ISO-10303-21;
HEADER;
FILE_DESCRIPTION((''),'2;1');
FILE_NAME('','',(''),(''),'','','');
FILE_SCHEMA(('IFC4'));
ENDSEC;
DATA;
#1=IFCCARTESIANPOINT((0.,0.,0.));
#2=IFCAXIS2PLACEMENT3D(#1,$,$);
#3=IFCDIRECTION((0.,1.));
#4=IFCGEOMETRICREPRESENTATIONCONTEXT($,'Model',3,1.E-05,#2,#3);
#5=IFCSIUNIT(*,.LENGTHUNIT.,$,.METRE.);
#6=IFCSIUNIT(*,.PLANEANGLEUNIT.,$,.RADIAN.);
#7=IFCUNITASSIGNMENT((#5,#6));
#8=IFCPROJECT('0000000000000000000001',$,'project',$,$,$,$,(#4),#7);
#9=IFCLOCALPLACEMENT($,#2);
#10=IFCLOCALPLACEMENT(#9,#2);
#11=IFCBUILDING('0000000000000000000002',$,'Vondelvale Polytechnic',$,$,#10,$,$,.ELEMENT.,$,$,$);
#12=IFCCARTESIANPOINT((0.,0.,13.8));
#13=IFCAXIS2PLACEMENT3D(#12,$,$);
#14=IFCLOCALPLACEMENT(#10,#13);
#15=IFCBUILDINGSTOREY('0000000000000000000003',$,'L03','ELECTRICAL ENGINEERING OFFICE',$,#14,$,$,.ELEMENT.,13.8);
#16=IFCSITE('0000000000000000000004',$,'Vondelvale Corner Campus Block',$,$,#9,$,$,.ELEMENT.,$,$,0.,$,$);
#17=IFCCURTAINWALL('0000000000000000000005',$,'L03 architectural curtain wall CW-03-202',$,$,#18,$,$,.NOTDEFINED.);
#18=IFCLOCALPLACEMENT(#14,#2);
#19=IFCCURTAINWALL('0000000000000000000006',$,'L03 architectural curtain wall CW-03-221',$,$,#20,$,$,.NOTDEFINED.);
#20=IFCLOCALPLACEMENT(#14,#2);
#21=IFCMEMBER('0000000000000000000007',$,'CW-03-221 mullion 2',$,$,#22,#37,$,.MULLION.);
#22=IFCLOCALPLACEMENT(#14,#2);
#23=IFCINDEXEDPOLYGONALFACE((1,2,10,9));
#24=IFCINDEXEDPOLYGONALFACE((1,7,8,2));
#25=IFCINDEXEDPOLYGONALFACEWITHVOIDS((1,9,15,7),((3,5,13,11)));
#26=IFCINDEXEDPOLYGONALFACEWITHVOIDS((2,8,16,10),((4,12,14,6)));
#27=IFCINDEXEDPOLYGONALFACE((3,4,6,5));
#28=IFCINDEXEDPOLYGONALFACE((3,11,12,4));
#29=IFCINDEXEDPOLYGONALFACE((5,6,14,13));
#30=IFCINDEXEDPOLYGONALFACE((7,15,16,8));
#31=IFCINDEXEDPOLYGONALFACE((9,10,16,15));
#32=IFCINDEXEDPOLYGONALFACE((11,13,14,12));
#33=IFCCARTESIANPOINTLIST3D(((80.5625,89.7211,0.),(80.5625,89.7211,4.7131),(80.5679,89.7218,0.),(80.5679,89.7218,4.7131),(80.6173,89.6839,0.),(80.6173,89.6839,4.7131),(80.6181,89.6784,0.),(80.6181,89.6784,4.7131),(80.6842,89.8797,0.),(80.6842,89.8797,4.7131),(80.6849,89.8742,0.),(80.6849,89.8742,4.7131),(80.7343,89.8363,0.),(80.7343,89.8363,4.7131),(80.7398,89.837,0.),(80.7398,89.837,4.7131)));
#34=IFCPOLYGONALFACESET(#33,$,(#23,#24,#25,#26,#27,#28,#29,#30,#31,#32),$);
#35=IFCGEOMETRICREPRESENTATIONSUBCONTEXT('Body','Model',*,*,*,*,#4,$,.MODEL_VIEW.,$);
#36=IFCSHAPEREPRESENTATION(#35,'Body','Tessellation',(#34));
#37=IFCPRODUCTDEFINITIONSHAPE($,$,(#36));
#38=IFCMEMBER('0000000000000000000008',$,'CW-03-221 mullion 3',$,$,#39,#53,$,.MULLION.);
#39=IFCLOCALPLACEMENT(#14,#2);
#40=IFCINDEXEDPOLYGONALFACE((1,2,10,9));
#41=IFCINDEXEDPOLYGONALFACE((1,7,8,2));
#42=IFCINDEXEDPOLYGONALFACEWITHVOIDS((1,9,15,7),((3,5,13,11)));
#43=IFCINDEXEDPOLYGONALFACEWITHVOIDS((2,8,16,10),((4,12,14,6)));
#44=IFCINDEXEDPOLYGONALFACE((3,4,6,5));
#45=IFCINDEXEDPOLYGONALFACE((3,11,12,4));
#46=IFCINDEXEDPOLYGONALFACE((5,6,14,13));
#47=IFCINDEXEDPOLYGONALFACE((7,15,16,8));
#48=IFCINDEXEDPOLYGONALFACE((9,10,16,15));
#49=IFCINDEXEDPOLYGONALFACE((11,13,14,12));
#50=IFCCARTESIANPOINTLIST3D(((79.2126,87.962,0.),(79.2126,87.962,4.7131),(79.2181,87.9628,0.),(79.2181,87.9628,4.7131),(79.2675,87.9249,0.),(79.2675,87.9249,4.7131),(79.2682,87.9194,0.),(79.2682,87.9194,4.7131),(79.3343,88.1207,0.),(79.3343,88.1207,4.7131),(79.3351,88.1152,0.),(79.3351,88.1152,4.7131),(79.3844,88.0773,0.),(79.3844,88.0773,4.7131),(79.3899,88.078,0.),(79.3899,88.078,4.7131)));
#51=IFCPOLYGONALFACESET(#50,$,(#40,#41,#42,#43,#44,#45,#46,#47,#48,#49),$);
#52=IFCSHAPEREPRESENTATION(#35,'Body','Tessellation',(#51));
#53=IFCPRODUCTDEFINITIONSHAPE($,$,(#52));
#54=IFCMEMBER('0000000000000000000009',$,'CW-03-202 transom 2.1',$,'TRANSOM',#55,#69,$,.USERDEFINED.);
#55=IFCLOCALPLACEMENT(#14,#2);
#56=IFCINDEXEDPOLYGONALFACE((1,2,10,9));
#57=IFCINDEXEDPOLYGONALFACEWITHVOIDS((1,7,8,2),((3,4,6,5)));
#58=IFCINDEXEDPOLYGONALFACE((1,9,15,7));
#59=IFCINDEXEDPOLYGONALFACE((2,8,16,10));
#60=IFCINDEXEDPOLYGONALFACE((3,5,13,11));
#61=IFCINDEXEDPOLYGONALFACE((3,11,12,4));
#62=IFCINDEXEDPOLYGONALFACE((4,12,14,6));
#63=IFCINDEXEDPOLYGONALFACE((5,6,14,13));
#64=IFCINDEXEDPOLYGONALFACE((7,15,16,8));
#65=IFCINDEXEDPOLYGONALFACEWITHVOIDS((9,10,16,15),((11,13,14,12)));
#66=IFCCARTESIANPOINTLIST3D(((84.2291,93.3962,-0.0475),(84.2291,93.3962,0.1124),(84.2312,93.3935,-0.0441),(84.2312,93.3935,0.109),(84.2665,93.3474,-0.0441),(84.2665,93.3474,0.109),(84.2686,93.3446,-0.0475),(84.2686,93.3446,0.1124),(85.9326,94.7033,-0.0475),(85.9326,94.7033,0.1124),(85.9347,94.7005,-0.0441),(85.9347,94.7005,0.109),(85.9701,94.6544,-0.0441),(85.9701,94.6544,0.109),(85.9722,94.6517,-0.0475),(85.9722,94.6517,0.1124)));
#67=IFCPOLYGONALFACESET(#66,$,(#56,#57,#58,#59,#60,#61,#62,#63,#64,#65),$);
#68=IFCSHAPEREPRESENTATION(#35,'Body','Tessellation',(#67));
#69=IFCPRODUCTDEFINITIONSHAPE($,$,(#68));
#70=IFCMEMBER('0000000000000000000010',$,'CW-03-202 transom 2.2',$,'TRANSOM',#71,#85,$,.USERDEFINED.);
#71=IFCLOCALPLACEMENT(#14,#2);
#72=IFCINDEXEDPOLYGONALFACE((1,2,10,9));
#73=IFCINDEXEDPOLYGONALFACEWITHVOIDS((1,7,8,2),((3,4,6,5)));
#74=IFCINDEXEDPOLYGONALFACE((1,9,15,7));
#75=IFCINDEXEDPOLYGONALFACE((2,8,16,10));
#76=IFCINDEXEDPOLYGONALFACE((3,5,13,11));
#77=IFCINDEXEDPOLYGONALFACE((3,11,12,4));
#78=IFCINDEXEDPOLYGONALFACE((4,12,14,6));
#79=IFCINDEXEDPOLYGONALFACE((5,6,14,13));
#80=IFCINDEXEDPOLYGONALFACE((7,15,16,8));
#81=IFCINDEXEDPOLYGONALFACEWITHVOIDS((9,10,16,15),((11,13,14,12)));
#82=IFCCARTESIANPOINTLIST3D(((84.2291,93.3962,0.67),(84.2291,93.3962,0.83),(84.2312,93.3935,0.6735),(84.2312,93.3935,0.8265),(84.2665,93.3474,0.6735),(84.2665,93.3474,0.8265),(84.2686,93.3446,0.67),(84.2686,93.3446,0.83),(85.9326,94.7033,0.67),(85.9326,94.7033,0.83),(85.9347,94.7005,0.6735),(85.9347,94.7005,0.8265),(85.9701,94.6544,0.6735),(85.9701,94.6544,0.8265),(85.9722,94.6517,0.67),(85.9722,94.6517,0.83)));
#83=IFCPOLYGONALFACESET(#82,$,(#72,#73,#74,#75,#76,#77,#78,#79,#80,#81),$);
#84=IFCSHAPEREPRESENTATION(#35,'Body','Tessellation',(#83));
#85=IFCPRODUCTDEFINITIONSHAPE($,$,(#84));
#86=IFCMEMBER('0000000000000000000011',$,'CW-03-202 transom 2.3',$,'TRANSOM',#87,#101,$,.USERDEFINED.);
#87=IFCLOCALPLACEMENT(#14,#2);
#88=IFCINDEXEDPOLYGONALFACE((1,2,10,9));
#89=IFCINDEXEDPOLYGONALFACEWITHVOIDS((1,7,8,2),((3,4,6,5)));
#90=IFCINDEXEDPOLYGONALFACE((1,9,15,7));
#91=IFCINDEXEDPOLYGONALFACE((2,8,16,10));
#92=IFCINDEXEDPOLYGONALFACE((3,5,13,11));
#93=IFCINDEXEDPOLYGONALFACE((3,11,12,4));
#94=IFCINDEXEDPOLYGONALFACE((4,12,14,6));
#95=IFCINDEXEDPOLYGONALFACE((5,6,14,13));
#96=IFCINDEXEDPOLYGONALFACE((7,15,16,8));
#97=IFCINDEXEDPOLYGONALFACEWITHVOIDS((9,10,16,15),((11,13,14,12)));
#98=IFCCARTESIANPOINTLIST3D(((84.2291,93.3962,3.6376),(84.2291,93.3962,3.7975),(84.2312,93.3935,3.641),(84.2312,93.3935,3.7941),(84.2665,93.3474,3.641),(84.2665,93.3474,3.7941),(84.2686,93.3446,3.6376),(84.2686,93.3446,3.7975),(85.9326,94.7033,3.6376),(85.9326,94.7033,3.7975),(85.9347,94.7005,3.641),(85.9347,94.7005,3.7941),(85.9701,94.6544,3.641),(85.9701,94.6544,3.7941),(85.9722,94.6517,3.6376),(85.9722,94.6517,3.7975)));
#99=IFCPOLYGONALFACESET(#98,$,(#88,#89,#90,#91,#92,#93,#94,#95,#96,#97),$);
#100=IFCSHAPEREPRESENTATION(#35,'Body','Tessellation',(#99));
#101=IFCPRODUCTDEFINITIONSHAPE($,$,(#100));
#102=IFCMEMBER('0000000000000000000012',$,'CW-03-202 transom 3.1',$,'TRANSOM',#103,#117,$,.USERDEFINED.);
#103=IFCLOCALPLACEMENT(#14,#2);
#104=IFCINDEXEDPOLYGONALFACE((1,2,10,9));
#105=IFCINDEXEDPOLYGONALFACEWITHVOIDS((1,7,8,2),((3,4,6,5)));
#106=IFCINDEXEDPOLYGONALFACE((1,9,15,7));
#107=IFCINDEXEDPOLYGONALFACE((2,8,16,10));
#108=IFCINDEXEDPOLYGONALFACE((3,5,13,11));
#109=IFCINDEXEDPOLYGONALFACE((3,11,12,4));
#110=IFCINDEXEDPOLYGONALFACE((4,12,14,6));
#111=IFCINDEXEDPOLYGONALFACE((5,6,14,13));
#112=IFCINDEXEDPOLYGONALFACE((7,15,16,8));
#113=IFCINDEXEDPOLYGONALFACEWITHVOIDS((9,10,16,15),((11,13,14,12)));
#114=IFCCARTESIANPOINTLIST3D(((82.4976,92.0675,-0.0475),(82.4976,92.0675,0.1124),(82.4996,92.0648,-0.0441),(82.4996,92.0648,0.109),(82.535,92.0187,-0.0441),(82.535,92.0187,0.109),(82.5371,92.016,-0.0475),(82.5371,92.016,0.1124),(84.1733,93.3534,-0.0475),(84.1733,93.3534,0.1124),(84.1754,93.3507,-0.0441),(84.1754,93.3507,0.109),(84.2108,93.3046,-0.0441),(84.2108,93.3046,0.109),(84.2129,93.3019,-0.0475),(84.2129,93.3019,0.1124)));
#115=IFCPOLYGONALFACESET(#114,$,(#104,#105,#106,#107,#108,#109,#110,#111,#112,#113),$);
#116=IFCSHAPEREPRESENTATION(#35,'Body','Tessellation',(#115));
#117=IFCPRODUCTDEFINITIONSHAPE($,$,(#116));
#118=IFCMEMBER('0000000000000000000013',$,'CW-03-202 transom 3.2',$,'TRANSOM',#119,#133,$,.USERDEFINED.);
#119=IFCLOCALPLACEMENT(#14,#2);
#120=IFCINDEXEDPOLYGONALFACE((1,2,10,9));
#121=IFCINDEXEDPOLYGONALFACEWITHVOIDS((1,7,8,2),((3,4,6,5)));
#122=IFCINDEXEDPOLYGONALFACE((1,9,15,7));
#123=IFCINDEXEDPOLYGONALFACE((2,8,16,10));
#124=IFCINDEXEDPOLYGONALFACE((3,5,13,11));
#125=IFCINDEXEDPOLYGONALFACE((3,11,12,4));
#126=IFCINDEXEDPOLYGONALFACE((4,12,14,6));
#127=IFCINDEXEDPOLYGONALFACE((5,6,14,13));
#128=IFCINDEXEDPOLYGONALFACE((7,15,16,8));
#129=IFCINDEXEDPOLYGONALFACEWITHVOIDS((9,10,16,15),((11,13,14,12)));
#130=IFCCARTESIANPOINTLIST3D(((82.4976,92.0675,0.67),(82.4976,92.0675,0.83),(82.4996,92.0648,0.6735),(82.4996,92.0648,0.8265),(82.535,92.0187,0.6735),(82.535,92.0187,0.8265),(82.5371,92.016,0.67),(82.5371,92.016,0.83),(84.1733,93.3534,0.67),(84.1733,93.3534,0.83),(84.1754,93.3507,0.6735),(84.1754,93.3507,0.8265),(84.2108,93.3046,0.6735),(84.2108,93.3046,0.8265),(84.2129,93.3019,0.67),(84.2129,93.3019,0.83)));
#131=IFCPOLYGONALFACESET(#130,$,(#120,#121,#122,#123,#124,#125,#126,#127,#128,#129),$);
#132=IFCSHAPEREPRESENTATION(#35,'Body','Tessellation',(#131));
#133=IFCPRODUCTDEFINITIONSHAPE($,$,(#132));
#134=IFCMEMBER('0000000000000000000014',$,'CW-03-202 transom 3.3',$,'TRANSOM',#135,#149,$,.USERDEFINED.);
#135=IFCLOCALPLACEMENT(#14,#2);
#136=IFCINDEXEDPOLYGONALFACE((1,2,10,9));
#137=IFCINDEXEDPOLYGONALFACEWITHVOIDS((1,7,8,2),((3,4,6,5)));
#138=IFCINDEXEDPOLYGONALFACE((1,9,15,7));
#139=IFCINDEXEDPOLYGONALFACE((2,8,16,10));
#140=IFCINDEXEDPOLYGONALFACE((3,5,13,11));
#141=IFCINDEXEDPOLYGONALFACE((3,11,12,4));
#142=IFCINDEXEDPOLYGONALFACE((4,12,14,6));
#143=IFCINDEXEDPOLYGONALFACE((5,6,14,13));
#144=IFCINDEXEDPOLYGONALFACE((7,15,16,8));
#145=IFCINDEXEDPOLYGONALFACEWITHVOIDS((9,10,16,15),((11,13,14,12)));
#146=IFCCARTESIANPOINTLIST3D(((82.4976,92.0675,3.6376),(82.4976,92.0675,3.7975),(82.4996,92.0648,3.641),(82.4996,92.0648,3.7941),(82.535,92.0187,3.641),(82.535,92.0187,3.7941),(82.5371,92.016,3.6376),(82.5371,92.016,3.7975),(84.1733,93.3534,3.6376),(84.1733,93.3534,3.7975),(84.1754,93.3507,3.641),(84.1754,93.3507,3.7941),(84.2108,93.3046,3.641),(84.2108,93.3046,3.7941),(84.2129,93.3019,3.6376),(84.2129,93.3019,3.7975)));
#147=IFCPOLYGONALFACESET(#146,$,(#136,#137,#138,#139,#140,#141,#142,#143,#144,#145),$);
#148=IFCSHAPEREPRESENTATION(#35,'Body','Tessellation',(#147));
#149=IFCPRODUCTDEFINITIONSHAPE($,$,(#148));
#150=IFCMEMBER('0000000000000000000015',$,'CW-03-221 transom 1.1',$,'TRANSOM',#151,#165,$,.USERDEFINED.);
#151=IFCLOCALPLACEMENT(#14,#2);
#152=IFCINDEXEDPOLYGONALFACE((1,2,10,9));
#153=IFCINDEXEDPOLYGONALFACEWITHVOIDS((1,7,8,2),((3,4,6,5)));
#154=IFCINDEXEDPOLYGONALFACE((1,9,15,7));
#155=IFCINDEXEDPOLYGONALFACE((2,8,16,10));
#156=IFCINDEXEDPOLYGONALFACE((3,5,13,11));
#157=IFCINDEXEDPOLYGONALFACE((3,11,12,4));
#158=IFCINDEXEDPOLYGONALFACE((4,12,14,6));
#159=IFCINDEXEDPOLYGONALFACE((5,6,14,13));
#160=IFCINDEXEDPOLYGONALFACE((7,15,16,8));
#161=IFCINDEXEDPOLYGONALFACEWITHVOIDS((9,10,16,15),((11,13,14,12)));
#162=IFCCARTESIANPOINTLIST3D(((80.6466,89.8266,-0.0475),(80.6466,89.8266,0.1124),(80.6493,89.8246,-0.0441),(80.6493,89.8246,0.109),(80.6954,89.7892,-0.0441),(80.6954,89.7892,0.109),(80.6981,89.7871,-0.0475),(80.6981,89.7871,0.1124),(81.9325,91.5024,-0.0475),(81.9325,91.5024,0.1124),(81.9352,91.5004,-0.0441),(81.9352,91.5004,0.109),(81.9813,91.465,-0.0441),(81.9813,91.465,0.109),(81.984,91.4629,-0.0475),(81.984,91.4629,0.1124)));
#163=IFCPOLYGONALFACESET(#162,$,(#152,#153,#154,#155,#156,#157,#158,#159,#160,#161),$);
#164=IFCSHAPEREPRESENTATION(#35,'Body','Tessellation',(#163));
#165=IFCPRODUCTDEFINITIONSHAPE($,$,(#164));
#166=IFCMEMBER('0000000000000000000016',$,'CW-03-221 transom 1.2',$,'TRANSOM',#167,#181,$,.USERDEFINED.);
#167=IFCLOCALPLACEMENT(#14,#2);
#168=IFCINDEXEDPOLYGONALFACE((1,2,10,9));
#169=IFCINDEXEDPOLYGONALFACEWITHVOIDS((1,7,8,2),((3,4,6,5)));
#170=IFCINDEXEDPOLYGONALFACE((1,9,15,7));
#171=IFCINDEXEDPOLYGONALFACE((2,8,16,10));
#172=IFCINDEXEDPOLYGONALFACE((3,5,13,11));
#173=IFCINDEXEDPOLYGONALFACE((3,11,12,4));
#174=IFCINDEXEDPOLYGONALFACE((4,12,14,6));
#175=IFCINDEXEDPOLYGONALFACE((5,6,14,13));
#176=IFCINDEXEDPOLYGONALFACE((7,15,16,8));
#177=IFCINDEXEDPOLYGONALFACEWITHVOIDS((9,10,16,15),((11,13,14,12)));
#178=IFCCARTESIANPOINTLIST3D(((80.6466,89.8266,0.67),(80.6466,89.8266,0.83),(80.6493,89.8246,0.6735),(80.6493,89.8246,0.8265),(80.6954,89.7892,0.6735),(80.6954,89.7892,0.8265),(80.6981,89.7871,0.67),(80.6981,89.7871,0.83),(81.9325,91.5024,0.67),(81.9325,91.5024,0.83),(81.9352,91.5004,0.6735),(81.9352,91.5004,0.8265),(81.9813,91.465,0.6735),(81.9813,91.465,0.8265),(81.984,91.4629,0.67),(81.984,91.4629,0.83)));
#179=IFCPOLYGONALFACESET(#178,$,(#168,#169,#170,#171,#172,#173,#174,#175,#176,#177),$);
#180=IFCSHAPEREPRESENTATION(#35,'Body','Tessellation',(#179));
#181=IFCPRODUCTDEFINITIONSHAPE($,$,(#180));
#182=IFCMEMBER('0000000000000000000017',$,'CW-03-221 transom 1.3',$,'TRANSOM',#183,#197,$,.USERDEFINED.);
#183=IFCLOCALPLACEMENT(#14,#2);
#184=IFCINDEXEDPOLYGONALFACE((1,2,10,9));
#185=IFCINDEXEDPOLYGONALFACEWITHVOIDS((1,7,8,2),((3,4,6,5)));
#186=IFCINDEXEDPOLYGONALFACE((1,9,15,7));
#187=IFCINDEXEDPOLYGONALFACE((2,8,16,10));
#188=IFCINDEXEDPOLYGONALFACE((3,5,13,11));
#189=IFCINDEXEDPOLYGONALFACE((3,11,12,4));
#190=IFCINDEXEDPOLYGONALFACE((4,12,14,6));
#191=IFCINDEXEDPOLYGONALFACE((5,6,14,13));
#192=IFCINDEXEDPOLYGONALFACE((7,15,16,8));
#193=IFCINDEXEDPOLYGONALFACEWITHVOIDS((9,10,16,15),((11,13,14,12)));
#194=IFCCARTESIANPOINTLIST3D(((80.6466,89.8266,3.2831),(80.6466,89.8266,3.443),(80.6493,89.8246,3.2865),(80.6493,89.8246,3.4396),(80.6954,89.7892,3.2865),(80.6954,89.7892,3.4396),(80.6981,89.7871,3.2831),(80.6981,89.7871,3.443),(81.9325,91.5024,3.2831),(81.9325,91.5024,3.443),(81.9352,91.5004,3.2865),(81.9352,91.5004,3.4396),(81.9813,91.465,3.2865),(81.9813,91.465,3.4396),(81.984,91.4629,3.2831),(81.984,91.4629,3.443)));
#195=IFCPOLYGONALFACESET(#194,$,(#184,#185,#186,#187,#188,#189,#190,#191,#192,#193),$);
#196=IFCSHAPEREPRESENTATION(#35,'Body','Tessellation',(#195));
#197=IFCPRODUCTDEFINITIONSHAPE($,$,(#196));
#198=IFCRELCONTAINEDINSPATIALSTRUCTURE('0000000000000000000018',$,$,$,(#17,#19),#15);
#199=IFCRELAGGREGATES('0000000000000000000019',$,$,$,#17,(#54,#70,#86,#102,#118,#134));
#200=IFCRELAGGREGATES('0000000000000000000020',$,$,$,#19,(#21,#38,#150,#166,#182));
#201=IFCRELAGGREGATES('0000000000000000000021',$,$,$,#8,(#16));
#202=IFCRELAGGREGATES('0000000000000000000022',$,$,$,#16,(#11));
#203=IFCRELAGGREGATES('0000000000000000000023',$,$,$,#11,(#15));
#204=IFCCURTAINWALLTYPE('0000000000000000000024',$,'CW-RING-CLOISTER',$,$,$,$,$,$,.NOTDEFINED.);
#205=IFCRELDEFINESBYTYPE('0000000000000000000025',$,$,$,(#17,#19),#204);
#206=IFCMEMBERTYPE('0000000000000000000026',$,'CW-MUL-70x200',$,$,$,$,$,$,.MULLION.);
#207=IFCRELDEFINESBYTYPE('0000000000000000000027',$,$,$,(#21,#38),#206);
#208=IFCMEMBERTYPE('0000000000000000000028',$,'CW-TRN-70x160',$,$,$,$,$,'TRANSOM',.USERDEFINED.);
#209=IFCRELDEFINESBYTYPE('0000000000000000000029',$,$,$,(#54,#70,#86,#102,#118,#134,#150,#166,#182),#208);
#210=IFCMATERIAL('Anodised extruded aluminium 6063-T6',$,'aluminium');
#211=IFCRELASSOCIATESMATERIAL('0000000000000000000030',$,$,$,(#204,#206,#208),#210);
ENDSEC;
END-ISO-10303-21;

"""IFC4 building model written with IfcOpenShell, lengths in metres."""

from ifc_helpers import new_model, si_unit, direction, frame, origin, origin_2d, place, context, subcontext, project, spatial, hollow_rectangle, extrude, material, material_profile, profile_set, type_object, element, aggregate, save


model = new_model("IFC4")

# Units and contexts
model_context = context("Model", 3, precision=1e-05, world=origin(), true_north=direction((0.0, 1.0)))
body_context = subcontext(model_context, "Body", "Model", "MODEL_VIEW")
ifc_project = project(units=[si_unit("LENGTHUNIT", "METRE"), si_unit("PLANEANGLEUNIT", "RADIAN")], contexts=[model_context])

# Site, building, storey
site_placement = place(None, origin())
site = spatial("IfcSite", under=ifc_project, at=site_placement, Name="Vondelvale Corner Campus Block", CompositionType="ELEMENT", RefElevation=0.0)
building_placement = place(site_placement, origin())
building = spatial("IfcBuilding", under=site, at=building_placement, Name="Vondelvale Polytechnic", CompositionType="ELEMENT")
storey_placement = place(building_placement, frame((0.0, 0.0, 13.8)))
storey = spatial("IfcBuildingStorey", under=building, at=storey_placement, Name="L03", Description="ELECTRICAL ENGINEERING OFFICE", CompositionType="ELEMENT", Elevation=13.8)

# Curtain walls, members
ifc_material_1 = material(Name="Anodised extruded aluminium 6063-T6", Category="aluminium")
curtain_wall_type = type_object("IfcCurtainWallType", Name="CW-RING-CLOISTER", PredefinedType="NOTDEFINED", material=ifc_material_1)
curtain_wall_1_placement = place(storey_placement, origin())
curtain_wall_1 = element("IfcCurtainWall", 1, at=curtain_wall_1_placement, inside=storey, type_object=curtain_wall_type, Name="L03 architectural curtain wall CW-03-202", PredefinedType="NOTDEFINED")
ifc_material_profile_1 = material_profile(ifc_material_1, hollow_rectangle(XDim=0.0701, YDim=0.2, WallThickness=0.0039, at=origin_2d()), Name="CW-MUL-200x70")
ifc_profile_set_1 = profile_set([ifc_material_profile_1], Name="Anodised extruded aluminium 6063-T6")
member_type_1 = type_object("IfcMemberType", Name="CW-MUL-70x200", PredefinedType="MULLION", material=ifc_profile_set_1)
curtain_wall_2_placement = place(storey_placement, origin())
curtain_wall_2 = element("IfcCurtainWall", 2, at=curtain_wall_2_placement, inside=storey, type_object=curtain_wall_type, Name="L03 architectural curtain wall CW-03-221", PredefinedType="NOTDEFINED")
member_1_placement = place(storey_placement, frame((80.6511, 89.7791, 0.0), z_axis=(0.0, 0.0, 1.0), x_axis=(0.793364, -0.608748, 0.0)))
member_1 = element("IfcMember", 3, at=member_1_placement, type_object=member_type_1, Name="CW-03-221 mullion 2", PredefinedType="MULLION", context=body_context, shape_type="SweptSolid", body=[
    extrude(hollow_rectangle(XDim=0.0701, YDim=0.2, WallThickness=0.0039, at=origin_2d()), origin(), (0.0, 0.0, 1.0), 4.7131),
])
member_2_placement = place(storey_placement, frame((79.3013, 88.02, 0.0), z_axis=(0.0, 0.0, 1.0), x_axis=(0.793364, -0.608748, 0.0)))
member_2 = element("IfcMember", 4, at=member_2_placement, type_object=member_type_1, Name="CW-03-221 mullion 3", PredefinedType="MULLION", context=body_context, shape_type="SweptSolid", body=[
    extrude(hollow_rectangle(XDim=0.0701, YDim=0.2, WallThickness=0.0039, at=origin_2d()), origin(), (0.0, 0.0, 1.0), 4.7131),
])

# Members
ifc_material_profile_2 = material_profile(ifc_material_1, hollow_rectangle(XDim=0.0649, YDim=0.1599, WallThickness=0.0034, at=origin_2d()), Name="CW-TRN-160x65")
ifc_profile_set_2 = profile_set([ifc_material_profile_2], Name="Anodised extruded aluminium 6063-T6")
member_type_2 = type_object("IfcMemberType", Name="CW-TRN-70x160", ElementType="TRANSOM", PredefinedType="USERDEFINED", material=ifc_profile_set_2)
member_3_placement = place(storey_placement, frame((85.9524, 94.6775, 0.0325), z_axis=(-0.793376, -0.608732, 0.0), x_axis=(0.608732, -0.793376, 0.0)))
member_3 = element("IfcMember", 5, at=member_3_placement, type_object=member_type_2, Name="CW-03-202 transom 2.1", ObjectType="TRANSOM", PredefinedType="USERDEFINED", context=body_context, shape_type="SweptSolid", body=[
    extrude(hollow_rectangle(XDim=0.0649, YDim=0.1599, WallThickness=0.0034, at=origin_2d()), origin(), (0.0, 0.0, 1.0), 2.1472),
])
member_4_placement = place(storey_placement, frame((85.9524, 94.6775, 0.75), z_axis=(-0.793376, -0.608732, 0.0), x_axis=(0.608732, -0.793376, 0.0)))
member_4 = element("IfcMember", 6, at=member_4_placement, type_object=member_type_2, Name="CW-03-202 transom 2.2", ObjectType="TRANSOM", PredefinedType="USERDEFINED", context=body_context, shape_type="SweptSolid", body=[
    extrude(hollow_rectangle(XDim=0.0649, YDim=0.1599, WallThickness=0.0034, at=origin_2d()), origin(), (0.0, 0.0, 1.0), 2.1472),
])
member_5_placement = place(storey_placement, frame((85.9524, 94.6775, 3.7175), z_axis=(-0.793376, -0.608732, 0.0), x_axis=(0.608732, -0.793376, 0.0)))
member_5 = element("IfcMember", 7, at=member_5_placement, type_object=member_type_2, Name="CW-03-202 transom 2.3", ObjectType="TRANSOM", PredefinedType="USERDEFINED", context=body_context, shape_type="SweptSolid", body=[
    extrude(hollow_rectangle(XDim=0.0649, YDim=0.1599, WallThickness=0.0034, at=origin_2d()), origin(), (0.0, 0.0, 1.0), 2.1472),
])
member_6_placement = place(storey_placement, frame((84.1931, 93.3276, 0.0325), z_axis=(-0.79335, -0.608766, 0.0), x_axis=(0.608766, -0.79335, 0.0)))
member_6 = element("IfcMember", 8, at=member_6_placement, type_object=member_type_2, Name="CW-03-202 transom 3.1", ObjectType="TRANSOM", PredefinedType="USERDEFINED", context=body_context, shape_type="SweptSolid", body=[
    extrude(hollow_rectangle(XDim=0.0649, YDim=0.1599, WallThickness=0.0034, at=origin_2d()), origin(), (0.0, 0.0, 1.0), 2.1123),
])
member_7_placement = place(storey_placement, frame((84.1931, 93.3276, 0.75), z_axis=(-0.79335, -0.608766, 0.0), x_axis=(0.608766, -0.79335, 0.0)))
member_7 = element("IfcMember", 9, at=member_7_placement, type_object=member_type_2, Name="CW-03-202 transom 3.2", ObjectType="TRANSOM", PredefinedType="USERDEFINED", context=body_context, shape_type="SweptSolid", body=[
    extrude(hollow_rectangle(XDim=0.0649, YDim=0.1599, WallThickness=0.0034, at=origin_2d()), origin(), (0.0, 0.0, 1.0), 2.1123),
])
member_8_placement = place(storey_placement, frame((84.1931, 93.3276, 3.7175), z_axis=(-0.79335, -0.608766, 0.0), x_axis=(0.608766, -0.79335, 0.0)))
member_8 = element("IfcMember", 10, at=member_8_placement, type_object=member_type_2, Name="CW-03-202 transom 3.3", ObjectType="TRANSOM", PredefinedType="USERDEFINED", context=body_context, shape_type="SweptSolid", body=[
    extrude(hollow_rectangle(XDim=0.0649, YDim=0.1599, WallThickness=0.0034, at=origin_2d()), origin(), (0.0, 0.0, 1.0), 2.1123),
])
member_9_placement = place(storey_placement, frame((81.9583, 91.4827, 0.0325), z_axis=(-0.608766, -0.79335, 0.0), x_axis=(0.79335, -0.608766, 0.0)))
member_9 = element("IfcMember", 11, at=member_9_placement, type_object=member_type_2, Name="CW-03-221 transom 1.1", ObjectType="TRANSOM", PredefinedType="USERDEFINED", context=body_context, shape_type="SweptSolid", body=[
    extrude(hollow_rectangle(XDim=0.0649, YDim=0.1599, WallThickness=0.0034, at=origin_2d()), origin(), (0.0, 0.0, 1.0), 2.1123),
])
member_10_placement = place(storey_placement, frame((81.9583, 91.4827, 0.75), z_axis=(-0.608766, -0.79335, 0.0), x_axis=(0.79335, -0.608766, 0.0)))
member_10 = element("IfcMember", 12, at=member_10_placement, type_object=member_type_2, Name="CW-03-221 transom 1.2", ObjectType="TRANSOM", PredefinedType="USERDEFINED", context=body_context, shape_type="SweptSolid", body=[
    extrude(hollow_rectangle(XDim=0.0649, YDim=0.1599, WallThickness=0.0034, at=origin_2d()), origin(), (0.0, 0.0, 1.0), 2.1123),
])
member_11_placement = place(storey_placement, frame((81.9583, 91.4827, 3.363), z_axis=(-0.608766, -0.79335, 0.0), x_axis=(0.79335, -0.608766, 0.0)))
member_11 = element("IfcMember", 13, at=member_11_placement, type_object=member_type_2, Name="CW-03-221 transom 1.3", ObjectType="TRANSOM", PredefinedType="USERDEFINED", context=body_context, shape_type="SweptSolid", body=[
    extrude(hollow_rectangle(XDim=0.0649, YDim=0.1599, WallThickness=0.0034, at=origin_2d()), origin(), (0.0, 0.0, 1.0), 2.1123),
])

aggregate(curtain_wall_1, [member_3, member_4, member_5, member_6, member_7, member_8])
aggregate(curtain_wall_2, [member_1, member_2, member_9, member_10, member_11])

save(model, "model.ifc")
